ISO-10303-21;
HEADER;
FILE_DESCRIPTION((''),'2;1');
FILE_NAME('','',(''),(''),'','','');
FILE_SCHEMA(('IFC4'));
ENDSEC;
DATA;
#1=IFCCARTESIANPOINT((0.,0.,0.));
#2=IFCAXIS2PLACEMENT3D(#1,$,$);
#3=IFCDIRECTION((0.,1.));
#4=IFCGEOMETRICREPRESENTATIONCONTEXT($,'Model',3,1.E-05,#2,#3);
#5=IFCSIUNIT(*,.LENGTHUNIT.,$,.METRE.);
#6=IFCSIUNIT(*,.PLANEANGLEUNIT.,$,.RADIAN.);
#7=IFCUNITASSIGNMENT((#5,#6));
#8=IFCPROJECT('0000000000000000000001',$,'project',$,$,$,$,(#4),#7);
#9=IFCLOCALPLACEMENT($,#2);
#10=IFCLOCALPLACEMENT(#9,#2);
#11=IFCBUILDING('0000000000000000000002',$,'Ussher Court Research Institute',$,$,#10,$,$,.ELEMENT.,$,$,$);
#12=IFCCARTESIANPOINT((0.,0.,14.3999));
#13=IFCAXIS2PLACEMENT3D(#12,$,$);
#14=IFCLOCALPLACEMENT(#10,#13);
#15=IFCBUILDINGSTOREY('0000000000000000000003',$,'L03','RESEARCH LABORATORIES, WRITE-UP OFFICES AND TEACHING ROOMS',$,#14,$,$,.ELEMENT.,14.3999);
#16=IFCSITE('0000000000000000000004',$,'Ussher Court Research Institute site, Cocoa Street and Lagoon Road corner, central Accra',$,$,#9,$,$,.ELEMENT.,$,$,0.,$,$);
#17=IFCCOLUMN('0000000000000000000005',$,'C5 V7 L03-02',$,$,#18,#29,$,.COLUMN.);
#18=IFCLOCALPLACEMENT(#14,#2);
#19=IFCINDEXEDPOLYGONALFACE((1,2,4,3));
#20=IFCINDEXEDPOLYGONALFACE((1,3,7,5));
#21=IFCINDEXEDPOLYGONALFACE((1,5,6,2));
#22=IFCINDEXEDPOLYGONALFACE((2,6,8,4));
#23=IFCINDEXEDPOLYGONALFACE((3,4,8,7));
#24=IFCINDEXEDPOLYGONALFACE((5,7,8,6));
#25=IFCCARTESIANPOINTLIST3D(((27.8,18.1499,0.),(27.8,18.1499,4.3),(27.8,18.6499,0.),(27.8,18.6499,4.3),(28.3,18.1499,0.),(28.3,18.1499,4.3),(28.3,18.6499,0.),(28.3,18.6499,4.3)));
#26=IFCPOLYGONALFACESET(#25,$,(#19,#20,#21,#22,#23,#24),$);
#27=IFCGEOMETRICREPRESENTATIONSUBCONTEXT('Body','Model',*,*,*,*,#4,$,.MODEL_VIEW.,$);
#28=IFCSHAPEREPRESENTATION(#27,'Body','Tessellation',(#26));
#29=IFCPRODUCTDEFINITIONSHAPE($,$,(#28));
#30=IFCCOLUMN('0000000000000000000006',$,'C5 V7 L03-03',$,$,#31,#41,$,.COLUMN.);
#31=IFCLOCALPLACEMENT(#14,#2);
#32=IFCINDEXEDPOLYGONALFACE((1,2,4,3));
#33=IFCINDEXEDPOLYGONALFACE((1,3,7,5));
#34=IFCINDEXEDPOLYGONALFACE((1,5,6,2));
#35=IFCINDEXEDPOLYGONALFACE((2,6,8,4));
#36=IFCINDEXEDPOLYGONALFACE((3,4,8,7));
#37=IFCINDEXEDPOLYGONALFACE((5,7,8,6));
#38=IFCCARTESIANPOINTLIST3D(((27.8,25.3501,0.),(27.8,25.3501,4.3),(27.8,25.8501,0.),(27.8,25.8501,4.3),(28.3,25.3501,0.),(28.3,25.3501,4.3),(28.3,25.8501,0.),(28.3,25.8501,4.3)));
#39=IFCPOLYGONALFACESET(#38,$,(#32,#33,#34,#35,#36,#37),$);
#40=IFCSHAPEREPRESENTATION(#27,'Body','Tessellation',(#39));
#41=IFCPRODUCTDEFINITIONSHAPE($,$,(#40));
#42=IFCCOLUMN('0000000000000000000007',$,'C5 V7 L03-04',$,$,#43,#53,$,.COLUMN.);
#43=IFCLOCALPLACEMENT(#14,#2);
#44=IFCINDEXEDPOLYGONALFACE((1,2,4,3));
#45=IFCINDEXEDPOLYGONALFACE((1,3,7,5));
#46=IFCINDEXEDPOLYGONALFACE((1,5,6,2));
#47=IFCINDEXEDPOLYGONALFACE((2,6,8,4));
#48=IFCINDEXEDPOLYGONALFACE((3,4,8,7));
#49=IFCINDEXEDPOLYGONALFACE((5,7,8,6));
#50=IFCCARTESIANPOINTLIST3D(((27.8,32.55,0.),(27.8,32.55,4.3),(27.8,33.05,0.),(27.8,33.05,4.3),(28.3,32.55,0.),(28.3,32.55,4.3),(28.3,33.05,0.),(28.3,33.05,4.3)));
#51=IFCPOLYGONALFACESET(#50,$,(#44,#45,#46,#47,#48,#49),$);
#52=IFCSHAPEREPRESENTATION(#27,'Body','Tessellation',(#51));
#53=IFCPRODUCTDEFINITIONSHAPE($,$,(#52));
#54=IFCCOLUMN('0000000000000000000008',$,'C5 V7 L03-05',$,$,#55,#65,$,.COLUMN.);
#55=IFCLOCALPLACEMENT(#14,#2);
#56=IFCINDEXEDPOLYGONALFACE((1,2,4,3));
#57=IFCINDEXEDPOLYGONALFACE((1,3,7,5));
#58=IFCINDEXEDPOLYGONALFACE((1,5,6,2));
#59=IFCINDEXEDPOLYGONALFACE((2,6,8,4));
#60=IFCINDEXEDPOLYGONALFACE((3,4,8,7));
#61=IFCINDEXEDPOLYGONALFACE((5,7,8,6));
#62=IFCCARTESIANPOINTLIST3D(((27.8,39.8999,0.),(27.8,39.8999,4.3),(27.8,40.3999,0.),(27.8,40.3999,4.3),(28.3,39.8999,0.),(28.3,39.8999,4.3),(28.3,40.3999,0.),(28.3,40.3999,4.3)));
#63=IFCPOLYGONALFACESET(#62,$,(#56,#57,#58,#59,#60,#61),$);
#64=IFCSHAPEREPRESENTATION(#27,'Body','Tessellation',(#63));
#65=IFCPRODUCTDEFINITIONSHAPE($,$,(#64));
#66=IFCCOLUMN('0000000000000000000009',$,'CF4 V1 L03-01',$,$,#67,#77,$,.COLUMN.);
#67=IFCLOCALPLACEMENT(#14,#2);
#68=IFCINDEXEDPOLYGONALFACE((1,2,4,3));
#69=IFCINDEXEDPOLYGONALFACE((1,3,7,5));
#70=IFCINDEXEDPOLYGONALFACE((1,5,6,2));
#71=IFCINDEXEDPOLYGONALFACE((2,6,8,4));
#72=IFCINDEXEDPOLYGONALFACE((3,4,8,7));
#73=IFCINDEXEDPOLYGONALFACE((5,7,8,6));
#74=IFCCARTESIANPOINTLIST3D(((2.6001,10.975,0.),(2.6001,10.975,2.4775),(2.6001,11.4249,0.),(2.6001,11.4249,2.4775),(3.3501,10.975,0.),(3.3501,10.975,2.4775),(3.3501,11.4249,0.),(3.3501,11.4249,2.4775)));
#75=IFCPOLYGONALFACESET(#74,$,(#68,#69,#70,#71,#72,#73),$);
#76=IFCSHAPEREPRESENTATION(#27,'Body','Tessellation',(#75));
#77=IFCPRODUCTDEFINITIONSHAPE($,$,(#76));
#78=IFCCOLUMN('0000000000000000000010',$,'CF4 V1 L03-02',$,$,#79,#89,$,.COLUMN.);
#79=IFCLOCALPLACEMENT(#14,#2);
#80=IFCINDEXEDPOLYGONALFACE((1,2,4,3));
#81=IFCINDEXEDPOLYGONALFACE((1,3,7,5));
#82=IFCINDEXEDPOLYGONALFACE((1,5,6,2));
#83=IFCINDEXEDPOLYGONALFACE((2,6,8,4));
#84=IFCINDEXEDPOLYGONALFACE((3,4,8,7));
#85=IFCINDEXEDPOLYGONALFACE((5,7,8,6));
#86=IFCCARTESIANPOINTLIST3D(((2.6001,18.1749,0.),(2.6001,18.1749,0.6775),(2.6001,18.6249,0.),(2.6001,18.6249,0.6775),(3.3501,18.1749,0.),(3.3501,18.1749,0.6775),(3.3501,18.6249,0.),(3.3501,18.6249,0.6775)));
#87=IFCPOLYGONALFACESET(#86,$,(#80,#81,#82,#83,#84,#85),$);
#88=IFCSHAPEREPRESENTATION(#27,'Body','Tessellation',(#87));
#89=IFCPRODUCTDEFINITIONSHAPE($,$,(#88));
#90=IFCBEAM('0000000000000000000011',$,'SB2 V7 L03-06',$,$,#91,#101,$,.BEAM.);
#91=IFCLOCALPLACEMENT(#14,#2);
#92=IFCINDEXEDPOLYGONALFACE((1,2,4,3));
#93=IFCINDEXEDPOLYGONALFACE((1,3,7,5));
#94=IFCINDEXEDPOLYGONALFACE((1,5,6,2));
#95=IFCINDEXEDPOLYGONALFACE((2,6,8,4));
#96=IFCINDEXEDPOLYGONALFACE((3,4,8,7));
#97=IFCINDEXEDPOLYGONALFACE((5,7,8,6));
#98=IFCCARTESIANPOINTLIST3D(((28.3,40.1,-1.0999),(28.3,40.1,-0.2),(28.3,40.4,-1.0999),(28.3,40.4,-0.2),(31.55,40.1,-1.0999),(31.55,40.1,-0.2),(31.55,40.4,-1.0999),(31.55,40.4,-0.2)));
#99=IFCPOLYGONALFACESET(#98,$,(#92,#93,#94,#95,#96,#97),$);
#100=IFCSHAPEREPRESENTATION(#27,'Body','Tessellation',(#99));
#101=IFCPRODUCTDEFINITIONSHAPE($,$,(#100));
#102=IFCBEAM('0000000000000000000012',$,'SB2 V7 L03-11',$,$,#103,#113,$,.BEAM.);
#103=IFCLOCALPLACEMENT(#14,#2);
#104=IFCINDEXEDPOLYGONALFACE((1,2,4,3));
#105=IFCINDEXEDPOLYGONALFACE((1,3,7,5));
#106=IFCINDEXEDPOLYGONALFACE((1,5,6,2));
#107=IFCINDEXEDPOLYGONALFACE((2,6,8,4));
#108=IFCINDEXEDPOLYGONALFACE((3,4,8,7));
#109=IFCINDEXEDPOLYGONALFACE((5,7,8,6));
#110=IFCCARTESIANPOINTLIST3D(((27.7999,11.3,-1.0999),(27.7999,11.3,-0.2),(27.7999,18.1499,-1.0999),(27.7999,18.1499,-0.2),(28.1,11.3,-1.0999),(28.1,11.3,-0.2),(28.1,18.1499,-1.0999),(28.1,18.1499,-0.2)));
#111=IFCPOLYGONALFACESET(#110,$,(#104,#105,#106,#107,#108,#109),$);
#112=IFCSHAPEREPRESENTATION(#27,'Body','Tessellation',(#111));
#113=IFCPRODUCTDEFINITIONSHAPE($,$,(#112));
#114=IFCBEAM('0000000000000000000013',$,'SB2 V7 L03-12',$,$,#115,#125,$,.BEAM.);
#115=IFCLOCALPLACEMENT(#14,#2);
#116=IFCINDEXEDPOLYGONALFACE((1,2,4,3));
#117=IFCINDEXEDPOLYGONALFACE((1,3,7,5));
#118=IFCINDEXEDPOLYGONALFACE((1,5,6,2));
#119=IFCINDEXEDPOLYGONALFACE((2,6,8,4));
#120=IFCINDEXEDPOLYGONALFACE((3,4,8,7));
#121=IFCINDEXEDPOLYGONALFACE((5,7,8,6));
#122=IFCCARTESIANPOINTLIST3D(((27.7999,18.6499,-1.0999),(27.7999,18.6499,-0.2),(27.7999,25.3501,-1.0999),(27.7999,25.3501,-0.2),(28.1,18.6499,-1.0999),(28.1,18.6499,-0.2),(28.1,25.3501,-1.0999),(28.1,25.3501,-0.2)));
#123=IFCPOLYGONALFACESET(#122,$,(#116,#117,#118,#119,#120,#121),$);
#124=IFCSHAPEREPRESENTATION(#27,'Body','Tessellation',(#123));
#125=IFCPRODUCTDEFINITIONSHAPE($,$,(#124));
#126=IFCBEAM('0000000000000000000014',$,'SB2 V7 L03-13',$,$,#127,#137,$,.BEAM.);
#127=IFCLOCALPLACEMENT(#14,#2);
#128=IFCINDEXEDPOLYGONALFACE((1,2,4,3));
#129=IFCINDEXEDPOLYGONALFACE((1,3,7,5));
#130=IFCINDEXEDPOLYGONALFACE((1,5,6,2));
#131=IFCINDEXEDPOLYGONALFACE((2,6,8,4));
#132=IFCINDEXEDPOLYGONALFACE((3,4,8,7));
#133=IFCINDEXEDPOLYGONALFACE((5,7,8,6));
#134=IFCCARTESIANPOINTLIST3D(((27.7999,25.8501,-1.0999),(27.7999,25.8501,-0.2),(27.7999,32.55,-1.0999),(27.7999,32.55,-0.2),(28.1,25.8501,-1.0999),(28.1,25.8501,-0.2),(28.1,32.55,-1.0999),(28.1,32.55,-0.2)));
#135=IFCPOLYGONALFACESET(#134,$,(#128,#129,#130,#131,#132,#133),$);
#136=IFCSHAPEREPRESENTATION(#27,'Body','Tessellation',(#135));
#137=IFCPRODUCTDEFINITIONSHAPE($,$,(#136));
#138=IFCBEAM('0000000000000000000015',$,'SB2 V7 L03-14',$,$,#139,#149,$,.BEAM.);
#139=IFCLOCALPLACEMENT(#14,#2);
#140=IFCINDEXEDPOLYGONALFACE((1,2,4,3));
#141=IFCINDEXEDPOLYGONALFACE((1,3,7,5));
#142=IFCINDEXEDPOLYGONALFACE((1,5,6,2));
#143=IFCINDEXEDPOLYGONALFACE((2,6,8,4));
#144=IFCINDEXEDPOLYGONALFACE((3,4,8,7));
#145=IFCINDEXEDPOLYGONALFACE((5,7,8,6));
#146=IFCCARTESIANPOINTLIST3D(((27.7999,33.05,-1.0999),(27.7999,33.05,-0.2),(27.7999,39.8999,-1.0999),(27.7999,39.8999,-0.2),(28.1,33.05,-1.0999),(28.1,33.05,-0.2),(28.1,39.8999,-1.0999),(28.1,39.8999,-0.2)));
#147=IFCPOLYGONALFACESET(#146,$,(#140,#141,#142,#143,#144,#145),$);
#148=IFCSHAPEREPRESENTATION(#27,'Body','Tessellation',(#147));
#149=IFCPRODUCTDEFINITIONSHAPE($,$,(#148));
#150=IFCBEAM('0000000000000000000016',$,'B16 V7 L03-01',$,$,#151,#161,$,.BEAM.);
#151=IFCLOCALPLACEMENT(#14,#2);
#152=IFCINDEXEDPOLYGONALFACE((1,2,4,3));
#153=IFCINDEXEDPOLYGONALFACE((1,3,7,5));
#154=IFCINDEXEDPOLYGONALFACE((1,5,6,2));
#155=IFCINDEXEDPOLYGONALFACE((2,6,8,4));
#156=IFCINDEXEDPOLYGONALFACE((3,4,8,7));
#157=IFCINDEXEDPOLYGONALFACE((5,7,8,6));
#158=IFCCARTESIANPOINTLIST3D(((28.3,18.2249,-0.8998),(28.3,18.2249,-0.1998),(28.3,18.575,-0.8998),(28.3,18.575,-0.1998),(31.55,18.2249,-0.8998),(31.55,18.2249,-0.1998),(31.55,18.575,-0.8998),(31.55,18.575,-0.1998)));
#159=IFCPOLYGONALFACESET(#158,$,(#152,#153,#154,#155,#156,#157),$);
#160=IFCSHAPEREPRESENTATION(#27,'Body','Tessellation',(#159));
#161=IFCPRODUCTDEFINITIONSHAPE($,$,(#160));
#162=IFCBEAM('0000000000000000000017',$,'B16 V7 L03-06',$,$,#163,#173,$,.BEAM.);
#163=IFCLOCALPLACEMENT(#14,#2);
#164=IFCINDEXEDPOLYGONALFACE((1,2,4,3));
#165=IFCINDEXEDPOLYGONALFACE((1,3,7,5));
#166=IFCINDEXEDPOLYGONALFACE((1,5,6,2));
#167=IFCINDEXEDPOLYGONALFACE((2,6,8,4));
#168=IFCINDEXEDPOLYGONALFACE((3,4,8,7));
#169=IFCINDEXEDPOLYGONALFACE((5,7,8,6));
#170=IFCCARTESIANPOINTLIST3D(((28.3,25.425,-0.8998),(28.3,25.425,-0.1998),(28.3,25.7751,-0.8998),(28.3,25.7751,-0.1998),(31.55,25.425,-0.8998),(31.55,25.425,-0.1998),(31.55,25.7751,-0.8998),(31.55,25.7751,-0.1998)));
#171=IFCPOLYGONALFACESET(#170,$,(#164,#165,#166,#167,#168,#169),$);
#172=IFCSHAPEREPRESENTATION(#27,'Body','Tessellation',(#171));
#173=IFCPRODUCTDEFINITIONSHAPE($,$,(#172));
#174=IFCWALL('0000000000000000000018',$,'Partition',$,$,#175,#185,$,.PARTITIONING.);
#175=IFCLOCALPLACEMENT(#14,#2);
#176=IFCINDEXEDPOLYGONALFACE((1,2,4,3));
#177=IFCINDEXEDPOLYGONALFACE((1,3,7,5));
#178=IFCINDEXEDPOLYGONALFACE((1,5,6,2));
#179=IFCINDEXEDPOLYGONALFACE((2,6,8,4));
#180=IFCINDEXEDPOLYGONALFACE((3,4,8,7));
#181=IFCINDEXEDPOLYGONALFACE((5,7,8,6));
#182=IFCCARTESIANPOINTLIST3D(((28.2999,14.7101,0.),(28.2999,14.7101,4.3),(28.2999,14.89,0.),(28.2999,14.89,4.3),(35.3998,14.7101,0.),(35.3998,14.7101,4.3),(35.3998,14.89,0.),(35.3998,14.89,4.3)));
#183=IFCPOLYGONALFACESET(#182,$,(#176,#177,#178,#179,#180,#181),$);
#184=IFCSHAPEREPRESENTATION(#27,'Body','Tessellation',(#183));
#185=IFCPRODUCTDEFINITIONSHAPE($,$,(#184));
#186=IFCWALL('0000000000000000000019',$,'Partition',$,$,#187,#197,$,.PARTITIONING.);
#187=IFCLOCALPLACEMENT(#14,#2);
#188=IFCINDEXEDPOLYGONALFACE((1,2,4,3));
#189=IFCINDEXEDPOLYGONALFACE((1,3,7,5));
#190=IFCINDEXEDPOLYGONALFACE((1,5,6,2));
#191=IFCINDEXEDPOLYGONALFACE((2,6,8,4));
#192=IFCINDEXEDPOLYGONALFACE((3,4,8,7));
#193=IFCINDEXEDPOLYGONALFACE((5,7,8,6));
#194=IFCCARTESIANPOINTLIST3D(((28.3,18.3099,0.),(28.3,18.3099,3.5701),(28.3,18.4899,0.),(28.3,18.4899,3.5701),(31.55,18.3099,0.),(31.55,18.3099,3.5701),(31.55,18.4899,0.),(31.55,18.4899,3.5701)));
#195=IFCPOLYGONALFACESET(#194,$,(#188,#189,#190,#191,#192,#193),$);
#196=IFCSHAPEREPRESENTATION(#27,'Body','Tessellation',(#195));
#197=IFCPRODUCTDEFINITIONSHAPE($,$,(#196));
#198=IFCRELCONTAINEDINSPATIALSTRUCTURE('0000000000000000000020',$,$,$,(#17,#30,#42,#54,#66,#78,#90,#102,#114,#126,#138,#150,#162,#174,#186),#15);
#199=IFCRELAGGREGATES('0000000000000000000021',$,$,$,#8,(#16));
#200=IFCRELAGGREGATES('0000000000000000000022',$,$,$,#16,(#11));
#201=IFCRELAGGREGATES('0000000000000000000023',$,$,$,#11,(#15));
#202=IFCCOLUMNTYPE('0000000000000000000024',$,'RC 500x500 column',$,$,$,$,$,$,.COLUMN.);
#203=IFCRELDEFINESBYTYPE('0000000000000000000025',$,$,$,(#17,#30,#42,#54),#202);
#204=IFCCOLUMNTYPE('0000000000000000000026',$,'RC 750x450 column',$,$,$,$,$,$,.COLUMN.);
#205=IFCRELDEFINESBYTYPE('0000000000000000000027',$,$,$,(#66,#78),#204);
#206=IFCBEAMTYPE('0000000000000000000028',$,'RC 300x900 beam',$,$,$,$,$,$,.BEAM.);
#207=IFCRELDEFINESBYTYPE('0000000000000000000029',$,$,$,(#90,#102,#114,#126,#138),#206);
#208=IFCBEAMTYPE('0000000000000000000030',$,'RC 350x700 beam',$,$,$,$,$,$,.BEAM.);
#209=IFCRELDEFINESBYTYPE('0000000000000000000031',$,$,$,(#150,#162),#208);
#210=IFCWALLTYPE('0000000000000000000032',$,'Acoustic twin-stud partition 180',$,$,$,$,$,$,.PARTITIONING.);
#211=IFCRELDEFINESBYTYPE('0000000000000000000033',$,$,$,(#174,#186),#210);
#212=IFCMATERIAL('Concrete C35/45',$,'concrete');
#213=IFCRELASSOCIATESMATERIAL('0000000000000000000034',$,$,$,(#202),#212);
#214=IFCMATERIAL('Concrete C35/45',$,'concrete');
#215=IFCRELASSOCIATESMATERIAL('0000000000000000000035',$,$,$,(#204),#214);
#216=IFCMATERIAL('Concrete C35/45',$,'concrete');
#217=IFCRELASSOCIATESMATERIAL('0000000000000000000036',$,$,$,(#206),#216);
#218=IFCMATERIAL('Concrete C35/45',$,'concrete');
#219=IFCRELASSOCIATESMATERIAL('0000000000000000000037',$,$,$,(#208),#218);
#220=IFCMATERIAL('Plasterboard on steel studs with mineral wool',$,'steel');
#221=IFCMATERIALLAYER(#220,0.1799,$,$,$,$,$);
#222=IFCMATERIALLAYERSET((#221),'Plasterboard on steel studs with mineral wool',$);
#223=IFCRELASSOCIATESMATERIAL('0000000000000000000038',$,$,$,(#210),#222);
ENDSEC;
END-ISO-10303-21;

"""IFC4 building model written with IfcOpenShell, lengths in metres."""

from ifc_helpers import new_model, si_unit, direction, frame, frame_2d, origin, origin_2d, place, context, subcontext, project, spatial, rectangle, extrude, material, layer, layer_set, material_profile, profile_set, type_object, element, save


model = new_model("IFC4")

# Units and contexts
model_context = context("Model", 3, precision=1e-05, world=origin(), true_north=direction((0.0, 1.0)))
body_context = subcontext(model_context, "Body", "Model", "MODEL_VIEW")
ifc_project = project(units=[si_unit("LENGTHUNIT", "METRE"), si_unit("PLANEANGLEUNIT", "RADIAN")], contexts=[model_context])

# Site, building, storey
site_placement = place(None, origin())
site = spatial("IfcSite", under=ifc_project, at=site_placement, Name="Ussher Court Research Institute site, Cocoa Street and Lagoon Road corner, central Accra", CompositionType="ELEMENT", RefElevation=0.0)
building_placement = place(site_placement, origin())
building = spatial("IfcBuilding", under=site, at=building_placement, Name="Ussher Court Research Institute", CompositionType="ELEMENT")
storey_placement = place(building_placement, frame((0.0, 0.0, 14.3999)))
storey = spatial("IfcBuildingStorey", under=building, at=storey_placement, Name="L03", Description="RESEARCH LABORATORIES, WRITE-UP OFFICES AND TEACHING ROOMS", CompositionType="ELEMENT", Elevation=14.3999)

# Columns
ifc_material_1 = material(Name="Concrete C35/45", Category="concrete")
ifc_material_profile_1 = material_profile(ifc_material_1, rectangle(XDim=0.5, YDim=0.5, at=origin_2d()), Name="RC 500x500")
ifc_profile_set_1 = profile_set([ifc_material_profile_1], Name="Concrete C35/45")
column_type_1 = type_object("IfcColumnType", Name="RC 500x500 column", PredefinedType="COLUMN", material=ifc_profile_set_1)
for number, where, z_axis, x_axis, name in (
    (1, (28.05, 18.3999, 0.0), (0.0, 0.0, 1.0), (1.0, 0.0, 0.0), "C5 V7 L03-02"),
    (2, (28.05, 25.6001, 0.0), (0.0, 0.0, 1.0), (1.0, 0.0, 0.0), "C5 V7 L03-03"),
    (3, (28.05, 32.8, 0.0), (0.0, 0.0, 1.0), (1.0, 0.0, 0.0), "C5 V7 L03-04"),
    (4, (28.05, 40.1499, 0.0), (0.0, 0.0, 1.0), (1.0, 0.0, 0.0), "C5 V7 L03-05"),
):
    element("IfcColumn", number, at=place(storey_placement, frame(where, z_axis=z_axis, x_axis=x_axis)), inside=storey, type_object=column_type_1, Name=name, PredefinedType="COLUMN", context=body_context, shape_type="SweptSolid", body=[
        extrude(rectangle(XDim=0.5, YDim=0.5, at=origin_2d()), origin(), (0.0, 0.0, 1.0), 4.3),
    ])
ifc_material_2 = material(Name="Concrete C35/45", Category="concrete")
ifc_material_profile_2 = material_profile(ifc_material_2, rectangle(XDim=0.75, YDim=0.45, at=origin_2d()), Name="RC 750x450")
ifc_profile_set_2 = profile_set([ifc_material_profile_2], Name="Concrete C35/45")
column_type_2 = type_object("IfcColumnType", Name="RC 750x450 column", PredefinedType="COLUMN", material=ifc_profile_set_2)
column_1_placement = place(storey_placement, frame((2.9751, 11.2, 0.0), z_axis=(0.0, 0.0, 1.0), x_axis=(1.0, 0.0, 0.0)))
element("IfcColumn", 5, at=column_1_placement, inside=storey, type_object=column_type_2, Name="CF4 V1 L03-01", PredefinedType="COLUMN", context=body_context, shape_type="SweptSolid", body=[
    extrude(rectangle(XDim=0.75, YDim=0.45, at=origin_2d()), origin(), (0.0, 0.0, 1.0), 2.4775),
])
column_2_placement = place(storey_placement, frame((2.9751, 18.3999, 0.0), z_axis=(0.0, 0.0, 1.0), x_axis=(1.0, 0.0, 0.0)))
element("IfcColumn", 6, at=column_2_placement, inside=storey, type_object=column_type_2, Name="CF4 V1 L03-02", PredefinedType="COLUMN", context=body_context, shape_type="SweptSolid", body=[
    extrude(rectangle(XDim=0.75, YDim=0.45, at=origin_2d()), origin(), (0.0, 0.0, 1.0), 0.6775),
])

# Beams
ifc_material_3 = material(Name="Concrete C35/45", Category="concrete")
ifc_material_profile_3 = material_profile(ifc_material_3, rectangle(XDim=0.3, YDim=0.8999, at=origin_2d()), Name="RC 300x900")
ifc_profile_set_3 = profile_set([ifc_material_profile_3], Name="Concrete C35/45")
beam_type_1 = type_object("IfcBeamType", Name="RC 300x900 beam", PredefinedType="BEAM", material=ifc_profile_set_3)
beam_1_placement = place(storey_placement, frame((28.3, 40.25, -0.6499), z_axis=(1.0, 0.0, 0.0), x_axis=(0.0, 1.0, 0.0)))
element("IfcBeam", 7, at=beam_1_placement, inside=storey, type_object=beam_type_1, Name="SB2 V7 L03-06", PredefinedType="BEAM", context=body_context, shape_type="SweptSolid", body=[
    extrude(rectangle(XDim=0.3, YDim=0.8999, at=origin_2d()), origin(), (0.0, 0.0, 1.0), 3.25),
])
beam_2_placement = place(storey_placement, frame((27.95, 11.3, -0.6499), z_axis=(0.0, 1.0, 0.0), x_axis=(-1.0, 0.0, 0.0)))
element("IfcBeam", 8, at=beam_2_placement, inside=storey, type_object=beam_type_1, Name="SB2 V7 L03-11", PredefinedType="BEAM", context=body_context, shape_type="SweptSolid", body=[
    extrude(rectangle(XDim=0.3, YDim=0.8999, at=origin_2d()), origin(), (0.0, 0.0, 1.0), 6.8499),
])
beam_3_placement = place(storey_placement, frame((27.95, 18.6499, -0.6499), z_axis=(0.0, 1.0, 0.0), x_axis=(-1.0, 0.0, 0.0)))
element("IfcBeam", 9, at=beam_3_placement, inside=storey, type_object=beam_type_1, Name="SB2 V7 L03-12", PredefinedType="BEAM", context=body_context, shape_type="SweptSolid", body=[
    extrude(rectangle(XDim=0.3, YDim=0.8999, at=origin_2d()), origin(), (0.0, 0.0, 1.0), 6.7002),
])
beam_4_placement = place(storey_placement, frame((27.95, 25.8501, -0.6499), z_axis=(0.0, 1.0, 0.0), x_axis=(-1.0, 0.0, 0.0)))
element("IfcBeam", 10, at=beam_4_placement, inside=storey, type_object=beam_type_1, Name="SB2 V7 L03-13", PredefinedType="BEAM", context=body_context, shape_type="SweptSolid", body=[
    extrude(rectangle(XDim=0.3, YDim=0.8999, at=origin_2d()), origin(), (0.0, 0.0, 1.0), 6.7),
])
beam_5_placement = place(storey_placement, frame((27.95, 33.05, -0.6499), z_axis=(0.0, 1.0, 0.0), x_axis=(-1.0, 0.0, 0.0)))
element("IfcBeam", 11, at=beam_5_placement, inside=storey, type_object=beam_type_1, Name="SB2 V7 L03-14", PredefinedType="BEAM", context=body_context, shape_type="SweptSolid", body=[
    extrude(rectangle(XDim=0.3, YDim=0.8999, at=origin_2d()), origin(), (0.0, 0.0, 1.0), 6.8499),
])
ifc_material_4 = material(Name="Concrete C35/45", Category="concrete")
ifc_material_profile_4 = material_profile(ifc_material_4, rectangle(XDim=0.3501, YDim=0.7, at=origin_2d()), Name="RC 350x700")
ifc_profile_set_4 = profile_set([ifc_material_profile_4], Name="Concrete C35/45")
beam_type_2 = type_object("IfcBeamType", Name="RC 350x700 beam", PredefinedType="BEAM", material=ifc_profile_set_4)
for number, where, z_axis, x_axis, name in (
    (12, (28.3, 18.3999, -0.5498), (1.0, 0.0, 0.0), (0.0, 1.0, 0.0), "B16 V7 L03-01"),
    (13, (28.3, 25.6001, -0.5498), (1.0, 0.0, 0.0), (0.0, 1.0, 0.0), "B16 V7 L03-06"),
):
    element("IfcBeam", number, at=place(storey_placement, frame(where, z_axis=z_axis, x_axis=x_axis)), inside=storey, type_object=beam_type_2, Name=name, PredefinedType="BEAM", context=body_context, shape_type="SweptSolid", body=[
        extrude(rectangle(XDim=0.3501, YDim=0.7, at=origin_2d()), origin(), (0.0, 0.0, 1.0), 3.25),
    ])

# Walls
ifc_material_5 = material(Name="Plasterboard on steel studs with mineral wool", Category="steel")
ifc_layer_1 = layer(ifc_material_5, 0.1799)
ifc_layer_set_1 = layer_set([ifc_layer_1], Name="Plasterboard on steel studs with mineral wool")
wall_type_1 = type_object("IfcWallType", Name="Acoustic twin-stud partition 180", PredefinedType="PARTITIONING", material=ifc_layer_set_1)
wall_1_placement = place(storey_placement, frame((28.3, 14.8, 0.0), z_axis=(0.0, 0.0, 1.0), x_axis=(1.0, 0.0, 0.0)))
element("IfcWall", 14, at=wall_1_placement, inside=storey, type_object=wall_type_1, Name="Partition", PredefinedType="PARTITIONING", context=body_context, shape_type="SweptSolid", body=[
    extrude(rectangle(XDim=7.0999, YDim=0.1799, at=frame_2d((3.5498, 0.0))), origin(), (0.0, 0.0, 1.0), 4.3),
])
for number, where, z_axis, x_axis, name in (
    (15, (28.3, 18.3999, 0.0), (0.0, 0.0, 1.0), (1.0, 0.0, 0.0), "Partition"),
):
    element("IfcWall", number, at=place(storey_placement, frame(where, z_axis=z_axis, x_axis=x_axis)), inside=storey, type_object=wall_type_1, Name=name, PredefinedType="PARTITIONING", context=body_context, shape_type="SweptSolid", body=[
        extrude(rectangle(XDim=3.25, YDim=0.1799, at=frame_2d((1.625, 0.0))), origin(), (0.0, 0.0, 1.0), 3.5701),
    ])

save(model, "model.ifc")
